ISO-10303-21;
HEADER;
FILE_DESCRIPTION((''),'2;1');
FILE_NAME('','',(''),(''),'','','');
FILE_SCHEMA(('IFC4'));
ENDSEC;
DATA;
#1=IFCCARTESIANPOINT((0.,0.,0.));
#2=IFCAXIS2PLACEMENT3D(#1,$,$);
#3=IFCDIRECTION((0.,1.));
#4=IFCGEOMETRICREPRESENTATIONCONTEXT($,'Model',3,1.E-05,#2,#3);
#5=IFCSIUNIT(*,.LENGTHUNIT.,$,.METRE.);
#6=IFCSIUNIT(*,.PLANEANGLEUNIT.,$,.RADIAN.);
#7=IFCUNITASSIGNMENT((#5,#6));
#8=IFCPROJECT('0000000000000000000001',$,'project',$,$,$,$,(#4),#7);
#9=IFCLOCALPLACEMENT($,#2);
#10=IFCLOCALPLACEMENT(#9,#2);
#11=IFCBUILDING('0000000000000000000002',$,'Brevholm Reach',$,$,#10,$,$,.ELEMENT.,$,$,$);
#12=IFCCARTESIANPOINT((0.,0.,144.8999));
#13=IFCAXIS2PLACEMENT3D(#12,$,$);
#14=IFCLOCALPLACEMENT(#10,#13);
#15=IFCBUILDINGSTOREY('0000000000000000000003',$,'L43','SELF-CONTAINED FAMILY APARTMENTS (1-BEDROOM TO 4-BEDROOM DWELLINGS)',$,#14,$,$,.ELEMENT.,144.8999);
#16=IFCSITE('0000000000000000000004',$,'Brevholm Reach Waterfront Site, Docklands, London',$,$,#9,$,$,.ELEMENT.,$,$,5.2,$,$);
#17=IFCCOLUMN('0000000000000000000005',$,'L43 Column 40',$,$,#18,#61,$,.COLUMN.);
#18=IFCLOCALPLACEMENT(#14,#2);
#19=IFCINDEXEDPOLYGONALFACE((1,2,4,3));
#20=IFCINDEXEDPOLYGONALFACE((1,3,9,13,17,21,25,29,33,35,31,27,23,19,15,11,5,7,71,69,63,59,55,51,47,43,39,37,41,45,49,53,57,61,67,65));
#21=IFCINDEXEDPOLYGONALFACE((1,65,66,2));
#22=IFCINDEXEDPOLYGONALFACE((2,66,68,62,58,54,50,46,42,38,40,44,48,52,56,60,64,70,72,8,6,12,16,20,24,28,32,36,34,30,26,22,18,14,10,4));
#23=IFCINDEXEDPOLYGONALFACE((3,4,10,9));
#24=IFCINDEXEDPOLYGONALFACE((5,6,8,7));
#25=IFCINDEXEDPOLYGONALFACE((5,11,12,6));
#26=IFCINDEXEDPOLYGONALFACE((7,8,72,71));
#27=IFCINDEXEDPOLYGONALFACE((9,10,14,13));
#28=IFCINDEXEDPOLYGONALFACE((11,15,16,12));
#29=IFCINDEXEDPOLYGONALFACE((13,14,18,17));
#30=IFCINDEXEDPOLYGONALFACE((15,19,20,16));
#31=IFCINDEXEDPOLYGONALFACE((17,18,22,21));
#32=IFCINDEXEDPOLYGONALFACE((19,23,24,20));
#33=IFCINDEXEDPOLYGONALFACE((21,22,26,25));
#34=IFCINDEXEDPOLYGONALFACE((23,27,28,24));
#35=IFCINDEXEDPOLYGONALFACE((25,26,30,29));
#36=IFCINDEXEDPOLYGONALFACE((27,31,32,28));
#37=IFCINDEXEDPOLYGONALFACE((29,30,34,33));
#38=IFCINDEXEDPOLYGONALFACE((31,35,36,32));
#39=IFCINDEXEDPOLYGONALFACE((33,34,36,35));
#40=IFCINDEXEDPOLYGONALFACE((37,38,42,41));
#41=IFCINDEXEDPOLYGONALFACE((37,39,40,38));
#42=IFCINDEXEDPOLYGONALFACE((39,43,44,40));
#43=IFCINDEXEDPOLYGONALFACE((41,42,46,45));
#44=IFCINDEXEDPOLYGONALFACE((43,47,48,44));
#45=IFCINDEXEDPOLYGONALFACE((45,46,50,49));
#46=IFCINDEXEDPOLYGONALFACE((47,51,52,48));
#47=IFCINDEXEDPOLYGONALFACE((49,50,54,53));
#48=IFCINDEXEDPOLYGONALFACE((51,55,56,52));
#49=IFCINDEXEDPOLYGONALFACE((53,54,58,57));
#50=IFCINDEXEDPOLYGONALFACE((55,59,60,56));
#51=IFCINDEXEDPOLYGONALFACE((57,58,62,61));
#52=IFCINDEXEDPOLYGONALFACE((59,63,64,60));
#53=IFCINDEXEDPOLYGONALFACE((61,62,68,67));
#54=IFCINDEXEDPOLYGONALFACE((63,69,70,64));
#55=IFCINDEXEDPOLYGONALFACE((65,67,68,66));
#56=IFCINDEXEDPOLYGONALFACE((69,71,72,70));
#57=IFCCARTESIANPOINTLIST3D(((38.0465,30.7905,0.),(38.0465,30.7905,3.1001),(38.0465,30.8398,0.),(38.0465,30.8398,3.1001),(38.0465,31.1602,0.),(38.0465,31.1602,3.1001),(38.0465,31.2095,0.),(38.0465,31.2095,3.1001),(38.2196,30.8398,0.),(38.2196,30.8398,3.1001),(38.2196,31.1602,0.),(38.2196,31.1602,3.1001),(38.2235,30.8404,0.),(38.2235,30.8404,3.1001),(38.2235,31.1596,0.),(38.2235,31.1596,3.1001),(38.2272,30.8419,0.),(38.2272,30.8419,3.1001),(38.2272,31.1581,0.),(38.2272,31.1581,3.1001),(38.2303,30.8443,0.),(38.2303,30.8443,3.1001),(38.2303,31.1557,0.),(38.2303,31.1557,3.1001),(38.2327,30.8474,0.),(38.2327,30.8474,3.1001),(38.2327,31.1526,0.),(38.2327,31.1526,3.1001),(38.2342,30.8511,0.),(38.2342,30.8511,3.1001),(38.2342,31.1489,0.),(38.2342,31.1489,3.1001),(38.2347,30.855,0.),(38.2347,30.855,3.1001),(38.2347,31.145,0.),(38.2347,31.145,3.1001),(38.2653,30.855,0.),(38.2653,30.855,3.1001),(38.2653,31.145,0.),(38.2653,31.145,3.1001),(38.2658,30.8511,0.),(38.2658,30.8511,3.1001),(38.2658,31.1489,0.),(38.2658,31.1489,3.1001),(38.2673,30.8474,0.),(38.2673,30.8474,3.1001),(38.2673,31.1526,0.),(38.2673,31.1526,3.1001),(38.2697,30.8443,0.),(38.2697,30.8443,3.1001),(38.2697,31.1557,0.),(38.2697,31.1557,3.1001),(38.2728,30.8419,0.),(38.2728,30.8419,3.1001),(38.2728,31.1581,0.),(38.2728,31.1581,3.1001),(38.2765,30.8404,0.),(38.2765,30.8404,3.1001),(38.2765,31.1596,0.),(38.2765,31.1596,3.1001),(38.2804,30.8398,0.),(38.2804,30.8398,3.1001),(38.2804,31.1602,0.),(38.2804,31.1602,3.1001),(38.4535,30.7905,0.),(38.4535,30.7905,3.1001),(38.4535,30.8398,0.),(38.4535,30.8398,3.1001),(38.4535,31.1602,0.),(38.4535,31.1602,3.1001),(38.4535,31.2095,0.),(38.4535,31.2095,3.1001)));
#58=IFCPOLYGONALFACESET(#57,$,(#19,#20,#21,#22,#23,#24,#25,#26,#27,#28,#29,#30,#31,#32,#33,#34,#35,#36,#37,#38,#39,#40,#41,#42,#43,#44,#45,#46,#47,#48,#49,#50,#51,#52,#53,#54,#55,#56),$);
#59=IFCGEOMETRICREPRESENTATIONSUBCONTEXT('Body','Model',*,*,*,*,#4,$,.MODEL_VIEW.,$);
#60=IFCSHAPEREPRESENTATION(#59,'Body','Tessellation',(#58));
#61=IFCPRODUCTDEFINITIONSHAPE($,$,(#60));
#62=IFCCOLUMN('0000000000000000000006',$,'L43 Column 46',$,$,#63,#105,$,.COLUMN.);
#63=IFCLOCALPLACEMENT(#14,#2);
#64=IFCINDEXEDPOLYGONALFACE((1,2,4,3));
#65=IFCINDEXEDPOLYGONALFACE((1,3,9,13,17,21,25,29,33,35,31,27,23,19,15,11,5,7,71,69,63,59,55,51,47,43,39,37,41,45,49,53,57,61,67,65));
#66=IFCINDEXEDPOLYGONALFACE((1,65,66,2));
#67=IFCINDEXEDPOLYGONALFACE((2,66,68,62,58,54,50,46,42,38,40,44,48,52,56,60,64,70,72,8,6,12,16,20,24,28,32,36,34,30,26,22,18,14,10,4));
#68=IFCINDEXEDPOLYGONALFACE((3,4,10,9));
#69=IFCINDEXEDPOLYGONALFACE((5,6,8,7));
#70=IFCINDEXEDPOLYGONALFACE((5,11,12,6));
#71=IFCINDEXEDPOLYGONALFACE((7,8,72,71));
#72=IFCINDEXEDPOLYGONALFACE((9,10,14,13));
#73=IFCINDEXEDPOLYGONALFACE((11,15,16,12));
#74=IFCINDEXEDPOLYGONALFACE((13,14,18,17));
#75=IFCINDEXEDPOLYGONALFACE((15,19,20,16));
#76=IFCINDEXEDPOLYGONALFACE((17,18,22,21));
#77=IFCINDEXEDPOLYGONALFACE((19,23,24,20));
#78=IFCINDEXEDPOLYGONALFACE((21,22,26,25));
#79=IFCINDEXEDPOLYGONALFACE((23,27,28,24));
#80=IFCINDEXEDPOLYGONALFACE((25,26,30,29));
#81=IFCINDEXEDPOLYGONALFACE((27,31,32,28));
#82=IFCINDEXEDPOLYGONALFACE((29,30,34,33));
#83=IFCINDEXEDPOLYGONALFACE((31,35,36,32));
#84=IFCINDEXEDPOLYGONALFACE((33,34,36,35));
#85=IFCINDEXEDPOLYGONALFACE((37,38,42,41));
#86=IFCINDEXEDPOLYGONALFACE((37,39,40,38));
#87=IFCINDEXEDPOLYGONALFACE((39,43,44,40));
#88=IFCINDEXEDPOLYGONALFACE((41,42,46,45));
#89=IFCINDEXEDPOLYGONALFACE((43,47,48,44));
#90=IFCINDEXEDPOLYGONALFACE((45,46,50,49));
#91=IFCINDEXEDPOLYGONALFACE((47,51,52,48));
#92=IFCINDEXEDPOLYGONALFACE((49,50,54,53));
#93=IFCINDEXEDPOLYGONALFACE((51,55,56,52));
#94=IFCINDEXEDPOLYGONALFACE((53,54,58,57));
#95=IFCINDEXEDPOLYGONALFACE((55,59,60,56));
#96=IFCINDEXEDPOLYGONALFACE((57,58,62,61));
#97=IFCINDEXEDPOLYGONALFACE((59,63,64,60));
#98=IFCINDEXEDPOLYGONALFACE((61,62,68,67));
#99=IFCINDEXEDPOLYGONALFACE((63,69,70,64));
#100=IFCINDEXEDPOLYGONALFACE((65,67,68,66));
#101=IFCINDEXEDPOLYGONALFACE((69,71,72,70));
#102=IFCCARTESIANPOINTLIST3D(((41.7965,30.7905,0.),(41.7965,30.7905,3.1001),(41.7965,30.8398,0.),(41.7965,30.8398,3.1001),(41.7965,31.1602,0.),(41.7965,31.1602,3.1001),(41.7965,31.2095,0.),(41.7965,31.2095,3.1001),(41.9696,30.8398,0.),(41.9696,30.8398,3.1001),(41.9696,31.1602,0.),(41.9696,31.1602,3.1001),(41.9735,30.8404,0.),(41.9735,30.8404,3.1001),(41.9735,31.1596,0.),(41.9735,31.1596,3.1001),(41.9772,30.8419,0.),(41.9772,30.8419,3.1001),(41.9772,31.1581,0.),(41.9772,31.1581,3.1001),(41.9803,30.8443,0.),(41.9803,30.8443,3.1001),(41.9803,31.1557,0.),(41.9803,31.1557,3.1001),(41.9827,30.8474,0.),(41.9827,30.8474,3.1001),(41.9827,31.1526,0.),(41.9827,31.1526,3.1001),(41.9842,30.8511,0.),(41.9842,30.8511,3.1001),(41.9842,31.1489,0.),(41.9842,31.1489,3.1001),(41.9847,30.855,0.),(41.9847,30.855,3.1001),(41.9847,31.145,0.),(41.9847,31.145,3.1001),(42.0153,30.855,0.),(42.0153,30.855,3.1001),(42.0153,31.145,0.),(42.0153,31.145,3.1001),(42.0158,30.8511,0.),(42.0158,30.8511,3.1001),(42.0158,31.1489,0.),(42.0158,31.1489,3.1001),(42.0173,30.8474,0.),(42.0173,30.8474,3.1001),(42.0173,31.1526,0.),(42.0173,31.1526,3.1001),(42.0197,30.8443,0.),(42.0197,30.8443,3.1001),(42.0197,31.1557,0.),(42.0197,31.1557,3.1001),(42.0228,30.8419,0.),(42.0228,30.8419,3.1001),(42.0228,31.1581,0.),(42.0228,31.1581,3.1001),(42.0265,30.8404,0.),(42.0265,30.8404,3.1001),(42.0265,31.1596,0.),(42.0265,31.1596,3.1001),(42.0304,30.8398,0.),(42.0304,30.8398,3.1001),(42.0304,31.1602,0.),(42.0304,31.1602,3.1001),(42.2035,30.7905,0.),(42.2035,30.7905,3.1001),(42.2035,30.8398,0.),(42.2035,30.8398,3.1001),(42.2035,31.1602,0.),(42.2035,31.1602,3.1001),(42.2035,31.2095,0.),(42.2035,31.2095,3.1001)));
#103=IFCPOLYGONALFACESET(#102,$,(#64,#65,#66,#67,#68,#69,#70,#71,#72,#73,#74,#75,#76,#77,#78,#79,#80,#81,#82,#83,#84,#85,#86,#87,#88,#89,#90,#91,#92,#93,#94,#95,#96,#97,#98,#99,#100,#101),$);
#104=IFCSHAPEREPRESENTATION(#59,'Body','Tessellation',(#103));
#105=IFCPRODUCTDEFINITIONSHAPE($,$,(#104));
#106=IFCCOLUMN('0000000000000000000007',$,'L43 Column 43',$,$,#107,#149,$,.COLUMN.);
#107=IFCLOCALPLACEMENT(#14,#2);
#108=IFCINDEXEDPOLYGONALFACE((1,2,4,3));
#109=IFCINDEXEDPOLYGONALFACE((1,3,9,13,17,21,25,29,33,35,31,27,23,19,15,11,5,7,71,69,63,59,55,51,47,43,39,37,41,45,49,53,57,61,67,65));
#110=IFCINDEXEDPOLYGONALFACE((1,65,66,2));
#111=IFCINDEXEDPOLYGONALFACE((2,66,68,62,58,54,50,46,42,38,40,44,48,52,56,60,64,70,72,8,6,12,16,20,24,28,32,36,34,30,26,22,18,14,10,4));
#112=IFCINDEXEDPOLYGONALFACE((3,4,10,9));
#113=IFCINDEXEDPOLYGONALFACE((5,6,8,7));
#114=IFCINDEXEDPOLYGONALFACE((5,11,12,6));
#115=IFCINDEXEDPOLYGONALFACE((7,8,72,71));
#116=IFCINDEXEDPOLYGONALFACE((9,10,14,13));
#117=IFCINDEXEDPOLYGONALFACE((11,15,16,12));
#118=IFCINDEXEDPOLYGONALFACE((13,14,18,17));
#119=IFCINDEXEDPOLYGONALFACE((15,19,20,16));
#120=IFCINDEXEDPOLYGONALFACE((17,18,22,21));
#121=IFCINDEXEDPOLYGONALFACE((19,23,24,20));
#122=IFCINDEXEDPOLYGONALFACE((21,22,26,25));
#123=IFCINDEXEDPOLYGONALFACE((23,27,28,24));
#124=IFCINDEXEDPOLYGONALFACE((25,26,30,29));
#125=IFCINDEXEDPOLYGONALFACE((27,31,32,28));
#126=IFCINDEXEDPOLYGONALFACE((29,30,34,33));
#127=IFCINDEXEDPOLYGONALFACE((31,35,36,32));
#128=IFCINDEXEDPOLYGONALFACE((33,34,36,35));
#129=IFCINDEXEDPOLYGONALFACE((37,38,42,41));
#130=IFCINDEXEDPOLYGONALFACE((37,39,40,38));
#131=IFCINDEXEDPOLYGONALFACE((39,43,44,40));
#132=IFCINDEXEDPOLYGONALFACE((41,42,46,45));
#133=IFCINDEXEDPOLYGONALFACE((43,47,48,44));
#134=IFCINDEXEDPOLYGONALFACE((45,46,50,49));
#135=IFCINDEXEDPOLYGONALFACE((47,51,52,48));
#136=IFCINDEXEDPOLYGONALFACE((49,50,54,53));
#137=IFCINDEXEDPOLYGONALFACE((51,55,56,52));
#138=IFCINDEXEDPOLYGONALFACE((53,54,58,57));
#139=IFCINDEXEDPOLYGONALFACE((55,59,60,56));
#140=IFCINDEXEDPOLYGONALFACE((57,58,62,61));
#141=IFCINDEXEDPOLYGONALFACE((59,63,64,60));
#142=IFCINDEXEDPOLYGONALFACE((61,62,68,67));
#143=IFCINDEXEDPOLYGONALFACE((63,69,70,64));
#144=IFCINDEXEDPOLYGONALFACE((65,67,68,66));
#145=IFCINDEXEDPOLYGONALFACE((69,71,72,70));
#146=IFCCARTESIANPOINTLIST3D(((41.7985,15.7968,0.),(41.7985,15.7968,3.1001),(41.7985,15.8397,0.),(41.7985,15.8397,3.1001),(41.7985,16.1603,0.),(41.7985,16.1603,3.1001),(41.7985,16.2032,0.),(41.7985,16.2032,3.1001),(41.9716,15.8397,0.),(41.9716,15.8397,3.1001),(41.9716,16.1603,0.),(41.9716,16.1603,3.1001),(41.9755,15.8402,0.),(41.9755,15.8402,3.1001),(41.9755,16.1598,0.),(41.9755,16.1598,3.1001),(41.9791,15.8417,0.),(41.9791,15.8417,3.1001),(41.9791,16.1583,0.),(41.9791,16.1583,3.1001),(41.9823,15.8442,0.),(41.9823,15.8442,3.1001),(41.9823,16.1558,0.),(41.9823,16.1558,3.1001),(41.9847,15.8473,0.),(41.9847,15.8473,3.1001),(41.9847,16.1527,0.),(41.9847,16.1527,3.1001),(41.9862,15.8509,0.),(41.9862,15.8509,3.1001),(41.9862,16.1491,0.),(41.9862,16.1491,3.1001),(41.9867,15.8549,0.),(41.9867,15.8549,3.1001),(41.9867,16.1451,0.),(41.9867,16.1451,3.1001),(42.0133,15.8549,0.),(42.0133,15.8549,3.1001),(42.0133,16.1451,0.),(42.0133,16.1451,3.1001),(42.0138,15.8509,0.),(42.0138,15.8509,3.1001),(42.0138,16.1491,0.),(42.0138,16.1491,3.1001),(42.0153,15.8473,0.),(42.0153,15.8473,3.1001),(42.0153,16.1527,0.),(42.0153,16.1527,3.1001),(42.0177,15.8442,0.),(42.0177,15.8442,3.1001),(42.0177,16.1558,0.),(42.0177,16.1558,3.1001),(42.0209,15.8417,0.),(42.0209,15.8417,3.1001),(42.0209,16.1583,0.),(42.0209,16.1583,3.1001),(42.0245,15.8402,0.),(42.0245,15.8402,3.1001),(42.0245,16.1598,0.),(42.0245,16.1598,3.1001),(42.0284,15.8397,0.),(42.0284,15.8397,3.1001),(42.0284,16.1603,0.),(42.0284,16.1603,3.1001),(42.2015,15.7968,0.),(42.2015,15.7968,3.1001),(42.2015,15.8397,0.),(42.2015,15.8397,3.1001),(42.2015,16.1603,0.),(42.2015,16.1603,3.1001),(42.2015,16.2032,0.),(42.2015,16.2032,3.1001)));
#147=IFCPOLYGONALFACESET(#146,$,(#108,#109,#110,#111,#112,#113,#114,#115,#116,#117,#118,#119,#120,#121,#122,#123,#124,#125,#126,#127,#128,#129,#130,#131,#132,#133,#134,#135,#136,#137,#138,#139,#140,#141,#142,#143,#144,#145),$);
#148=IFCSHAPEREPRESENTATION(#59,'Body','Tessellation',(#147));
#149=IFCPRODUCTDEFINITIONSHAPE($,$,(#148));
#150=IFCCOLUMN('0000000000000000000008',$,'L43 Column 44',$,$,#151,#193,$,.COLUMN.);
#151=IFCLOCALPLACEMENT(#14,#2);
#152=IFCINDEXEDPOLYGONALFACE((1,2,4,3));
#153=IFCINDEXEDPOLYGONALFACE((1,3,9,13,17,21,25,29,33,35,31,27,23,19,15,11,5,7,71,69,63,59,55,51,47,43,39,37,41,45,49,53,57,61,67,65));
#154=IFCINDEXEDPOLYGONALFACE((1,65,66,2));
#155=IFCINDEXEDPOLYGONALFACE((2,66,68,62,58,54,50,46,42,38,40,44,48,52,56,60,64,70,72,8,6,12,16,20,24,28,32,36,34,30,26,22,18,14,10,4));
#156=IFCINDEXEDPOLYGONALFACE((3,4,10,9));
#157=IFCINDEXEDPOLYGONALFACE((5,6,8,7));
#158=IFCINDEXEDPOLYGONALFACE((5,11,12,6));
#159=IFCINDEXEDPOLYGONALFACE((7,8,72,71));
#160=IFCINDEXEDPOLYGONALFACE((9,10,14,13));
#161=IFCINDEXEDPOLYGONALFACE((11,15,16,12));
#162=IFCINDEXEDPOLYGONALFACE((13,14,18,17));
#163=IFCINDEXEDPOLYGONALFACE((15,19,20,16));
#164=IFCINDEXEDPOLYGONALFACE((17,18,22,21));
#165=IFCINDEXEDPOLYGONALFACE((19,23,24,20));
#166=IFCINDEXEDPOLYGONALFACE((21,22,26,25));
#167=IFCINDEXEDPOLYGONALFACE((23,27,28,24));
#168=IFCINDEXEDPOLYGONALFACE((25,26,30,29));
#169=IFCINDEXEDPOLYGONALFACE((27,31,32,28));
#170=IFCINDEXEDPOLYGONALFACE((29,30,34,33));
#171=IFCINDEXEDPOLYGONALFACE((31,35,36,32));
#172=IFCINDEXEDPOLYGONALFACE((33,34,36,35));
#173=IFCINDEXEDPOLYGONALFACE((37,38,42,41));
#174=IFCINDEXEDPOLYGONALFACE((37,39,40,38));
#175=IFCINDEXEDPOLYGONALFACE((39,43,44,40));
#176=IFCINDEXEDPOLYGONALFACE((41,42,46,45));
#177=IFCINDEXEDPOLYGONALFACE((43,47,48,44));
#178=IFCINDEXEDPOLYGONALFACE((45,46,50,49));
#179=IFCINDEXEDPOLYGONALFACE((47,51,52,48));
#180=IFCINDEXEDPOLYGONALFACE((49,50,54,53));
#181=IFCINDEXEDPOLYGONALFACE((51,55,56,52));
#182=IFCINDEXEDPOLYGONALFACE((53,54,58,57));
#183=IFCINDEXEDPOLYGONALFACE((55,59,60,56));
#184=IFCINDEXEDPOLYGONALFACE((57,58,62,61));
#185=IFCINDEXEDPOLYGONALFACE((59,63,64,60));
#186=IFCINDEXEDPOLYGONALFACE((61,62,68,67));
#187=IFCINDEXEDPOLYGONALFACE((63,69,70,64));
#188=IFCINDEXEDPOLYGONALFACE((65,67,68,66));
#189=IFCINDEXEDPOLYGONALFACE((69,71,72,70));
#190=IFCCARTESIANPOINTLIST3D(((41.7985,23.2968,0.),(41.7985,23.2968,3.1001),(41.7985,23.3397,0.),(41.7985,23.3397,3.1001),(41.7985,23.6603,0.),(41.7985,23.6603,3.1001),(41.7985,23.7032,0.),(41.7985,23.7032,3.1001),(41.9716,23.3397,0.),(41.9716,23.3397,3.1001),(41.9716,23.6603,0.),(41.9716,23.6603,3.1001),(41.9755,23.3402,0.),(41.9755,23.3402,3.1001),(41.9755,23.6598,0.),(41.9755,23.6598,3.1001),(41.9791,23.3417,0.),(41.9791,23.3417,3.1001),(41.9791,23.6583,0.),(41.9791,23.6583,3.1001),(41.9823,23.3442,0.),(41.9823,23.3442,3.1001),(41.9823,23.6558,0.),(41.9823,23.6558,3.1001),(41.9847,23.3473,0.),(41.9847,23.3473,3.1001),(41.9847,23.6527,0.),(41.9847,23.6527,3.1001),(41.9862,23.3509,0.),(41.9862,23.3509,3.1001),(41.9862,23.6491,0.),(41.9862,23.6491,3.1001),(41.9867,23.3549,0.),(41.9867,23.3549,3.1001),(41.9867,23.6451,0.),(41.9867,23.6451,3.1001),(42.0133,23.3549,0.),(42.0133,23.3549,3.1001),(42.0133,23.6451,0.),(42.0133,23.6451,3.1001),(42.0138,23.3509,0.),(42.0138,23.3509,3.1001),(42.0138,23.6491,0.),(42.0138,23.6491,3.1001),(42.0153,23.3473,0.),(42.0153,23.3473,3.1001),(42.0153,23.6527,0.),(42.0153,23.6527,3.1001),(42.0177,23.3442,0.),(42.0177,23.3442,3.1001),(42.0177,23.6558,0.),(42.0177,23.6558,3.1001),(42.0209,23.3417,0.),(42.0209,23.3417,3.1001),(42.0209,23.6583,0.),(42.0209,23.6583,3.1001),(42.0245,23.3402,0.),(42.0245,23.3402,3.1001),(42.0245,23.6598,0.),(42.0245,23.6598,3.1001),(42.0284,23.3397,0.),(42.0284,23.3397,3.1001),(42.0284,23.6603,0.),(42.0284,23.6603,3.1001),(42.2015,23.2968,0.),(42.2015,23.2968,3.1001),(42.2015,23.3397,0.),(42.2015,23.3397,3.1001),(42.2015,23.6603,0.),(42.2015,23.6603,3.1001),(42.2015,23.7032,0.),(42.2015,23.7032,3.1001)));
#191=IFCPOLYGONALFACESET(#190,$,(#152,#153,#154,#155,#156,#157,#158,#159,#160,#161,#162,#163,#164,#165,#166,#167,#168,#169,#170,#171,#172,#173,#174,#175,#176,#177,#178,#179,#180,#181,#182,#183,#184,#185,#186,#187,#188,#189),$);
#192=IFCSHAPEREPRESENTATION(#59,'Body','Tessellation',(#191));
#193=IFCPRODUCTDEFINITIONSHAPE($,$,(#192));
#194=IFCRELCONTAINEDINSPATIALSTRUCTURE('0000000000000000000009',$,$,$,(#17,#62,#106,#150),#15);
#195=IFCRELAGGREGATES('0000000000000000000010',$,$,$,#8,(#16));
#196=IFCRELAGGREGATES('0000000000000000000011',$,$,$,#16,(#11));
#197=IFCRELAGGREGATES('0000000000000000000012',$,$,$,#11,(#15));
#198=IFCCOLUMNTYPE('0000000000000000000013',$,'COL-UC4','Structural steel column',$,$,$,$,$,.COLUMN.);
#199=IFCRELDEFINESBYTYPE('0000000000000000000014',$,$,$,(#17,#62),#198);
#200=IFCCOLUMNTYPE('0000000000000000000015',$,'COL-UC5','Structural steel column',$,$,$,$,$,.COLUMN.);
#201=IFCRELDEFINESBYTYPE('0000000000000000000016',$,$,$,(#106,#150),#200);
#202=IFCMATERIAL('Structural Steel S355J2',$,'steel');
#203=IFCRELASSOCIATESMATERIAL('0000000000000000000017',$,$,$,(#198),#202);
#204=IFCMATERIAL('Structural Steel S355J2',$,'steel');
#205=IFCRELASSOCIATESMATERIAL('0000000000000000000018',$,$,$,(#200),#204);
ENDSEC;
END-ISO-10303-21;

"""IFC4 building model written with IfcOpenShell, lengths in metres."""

from ifc_helpers import new_model, si_unit, direction, frame, origin, origin_2d, place, context, subcontext, project, spatial, i_section, extrude, material, material_profile, profile_set, type_object, element, save


model = new_model("IFC4")

# Units and contexts
model_context = context("Model", 3, precision=1e-05, world=origin(), true_north=direction((0.0, 1.0)))
body_context = subcontext(model_context, "Body", "Model", "MODEL_VIEW")
ifc_project = project(units=[si_unit("LENGTHUNIT", "METRE"), si_unit("PLANEANGLEUNIT", "RADIAN")], contexts=[model_context])

# Site, building, storey
site_placement = place(None, origin())
site = spatial("IfcSite", under=ifc_project, at=site_placement, Name="Brevholm Reach Waterfront Site, Docklands, London", CompositionType="ELEMENT", RefElevation=5.2)
building_placement = place(site_placement, origin())
building = spatial("IfcBuilding", under=site, at=building_placement, Name="Brevholm Reach", CompositionType="ELEMENT")
storey_placement = place(building_placement, frame((0.0, 0.0, 144.8999)))
storey = spatial("IfcBuildingStorey", under=building, at=storey_placement, Name="L43", Description="SELF-CONTAINED FAMILY APARTMENTS (1-BEDROOM TO 4-BEDROOM DWELLINGS)", CompositionType="ELEMENT", Elevation=144.8999)

# Columns
ifc_material_1 = material(Name="Structural Steel S355J2", Category="steel")
ifc_material_profile_1 = material_profile(ifc_material_1, i_section(OverallWidth=0.407, OverallDepth=0.4189, WebThickness=0.0305, FlangeThickness=0.0493, FilletRadius=0.0151, at=origin_2d()), Name="UKC 356x406x393")
ifc_profile_set_1 = profile_set([ifc_material_profile_1], Name="Structural Steel S355J2")
column_type_1 = type_object("IfcColumnType", Name="COL-UC4", Description="Structural steel column", PredefinedType="COLUMN", material=ifc_profile_set_1)
for number, where, z_axis, x_axis, name in (
    (1, (38.25, 31.0, 0.0), (0.0, 0.0, 1.0), (1.0, 0.0, 0.0), "L43 Column 40"),
    (2, (42.0, 31.0, 0.0), (0.0, 0.0, 1.0), (1.0, 0.0, 0.0), "L43 Column 46"),
):
    element("IfcColumn", number, at=place(storey_placement, frame(where, z_axis=z_axis, x_axis=x_axis)), inside=storey, type_object=column_type_1, Name=name, PredefinedType="COLUMN", context=body_context, shape_type="SweptSolid", body=[
        extrude(i_section(OverallWidth=0.407, OverallDepth=0.4189, WebThickness=0.0305, FlangeThickness=0.0493, FilletRadius=0.0151, at=origin_2d()), origin(), (0.0, 0.0, 1.0), 3.1001),
    ])
ifc_material_2 = material(Name="Structural Steel S355J2", Category="steel")
ifc_material_profile_2 = material_profile(ifc_material_2, i_section(OverallWidth=0.4031, OverallDepth=0.4065, WebThickness=0.0266, FlangeThickness=0.043, FilletRadius=0.0151, at=origin_2d()), Name="UKC 356x406x340")
ifc_profile_set_2 = profile_set([ifc_material_profile_2], Name="Structural Steel S355J2")
column_type_2 = type_object("IfcColumnType", Name="COL-UC5", Description="Structural steel column", PredefinedType="COLUMN", material=ifc_profile_set_2)
for number, where, z_axis, x_axis, name in (
    (3, (42.0, 16.0, 0.0), (0.0, 0.0, 1.0), (1.0, 0.0, 0.0), "L43 Column 43"),
    (4, (42.0, 23.5, 0.0), (0.0, 0.0, 1.0), (1.0, 0.0, 0.0), "L43 Column 44"),
):
    element("IfcColumn", number, at=place(storey_placement, frame(where, z_axis=z_axis, x_axis=x_axis)), inside=storey, type_object=column_type_2, Name=name, PredefinedType="COLUMN", context=body_context, shape_type="SweptSolid", body=[
        extrude(i_section(OverallWidth=0.4031, OverallDepth=0.4065, WebThickness=0.0266, FlangeThickness=0.043, FilletRadius=0.0151, at=origin_2d()), origin(), (0.0, 0.0, 1.0), 3.1001),
    ])

save(model, "model.ifc")
